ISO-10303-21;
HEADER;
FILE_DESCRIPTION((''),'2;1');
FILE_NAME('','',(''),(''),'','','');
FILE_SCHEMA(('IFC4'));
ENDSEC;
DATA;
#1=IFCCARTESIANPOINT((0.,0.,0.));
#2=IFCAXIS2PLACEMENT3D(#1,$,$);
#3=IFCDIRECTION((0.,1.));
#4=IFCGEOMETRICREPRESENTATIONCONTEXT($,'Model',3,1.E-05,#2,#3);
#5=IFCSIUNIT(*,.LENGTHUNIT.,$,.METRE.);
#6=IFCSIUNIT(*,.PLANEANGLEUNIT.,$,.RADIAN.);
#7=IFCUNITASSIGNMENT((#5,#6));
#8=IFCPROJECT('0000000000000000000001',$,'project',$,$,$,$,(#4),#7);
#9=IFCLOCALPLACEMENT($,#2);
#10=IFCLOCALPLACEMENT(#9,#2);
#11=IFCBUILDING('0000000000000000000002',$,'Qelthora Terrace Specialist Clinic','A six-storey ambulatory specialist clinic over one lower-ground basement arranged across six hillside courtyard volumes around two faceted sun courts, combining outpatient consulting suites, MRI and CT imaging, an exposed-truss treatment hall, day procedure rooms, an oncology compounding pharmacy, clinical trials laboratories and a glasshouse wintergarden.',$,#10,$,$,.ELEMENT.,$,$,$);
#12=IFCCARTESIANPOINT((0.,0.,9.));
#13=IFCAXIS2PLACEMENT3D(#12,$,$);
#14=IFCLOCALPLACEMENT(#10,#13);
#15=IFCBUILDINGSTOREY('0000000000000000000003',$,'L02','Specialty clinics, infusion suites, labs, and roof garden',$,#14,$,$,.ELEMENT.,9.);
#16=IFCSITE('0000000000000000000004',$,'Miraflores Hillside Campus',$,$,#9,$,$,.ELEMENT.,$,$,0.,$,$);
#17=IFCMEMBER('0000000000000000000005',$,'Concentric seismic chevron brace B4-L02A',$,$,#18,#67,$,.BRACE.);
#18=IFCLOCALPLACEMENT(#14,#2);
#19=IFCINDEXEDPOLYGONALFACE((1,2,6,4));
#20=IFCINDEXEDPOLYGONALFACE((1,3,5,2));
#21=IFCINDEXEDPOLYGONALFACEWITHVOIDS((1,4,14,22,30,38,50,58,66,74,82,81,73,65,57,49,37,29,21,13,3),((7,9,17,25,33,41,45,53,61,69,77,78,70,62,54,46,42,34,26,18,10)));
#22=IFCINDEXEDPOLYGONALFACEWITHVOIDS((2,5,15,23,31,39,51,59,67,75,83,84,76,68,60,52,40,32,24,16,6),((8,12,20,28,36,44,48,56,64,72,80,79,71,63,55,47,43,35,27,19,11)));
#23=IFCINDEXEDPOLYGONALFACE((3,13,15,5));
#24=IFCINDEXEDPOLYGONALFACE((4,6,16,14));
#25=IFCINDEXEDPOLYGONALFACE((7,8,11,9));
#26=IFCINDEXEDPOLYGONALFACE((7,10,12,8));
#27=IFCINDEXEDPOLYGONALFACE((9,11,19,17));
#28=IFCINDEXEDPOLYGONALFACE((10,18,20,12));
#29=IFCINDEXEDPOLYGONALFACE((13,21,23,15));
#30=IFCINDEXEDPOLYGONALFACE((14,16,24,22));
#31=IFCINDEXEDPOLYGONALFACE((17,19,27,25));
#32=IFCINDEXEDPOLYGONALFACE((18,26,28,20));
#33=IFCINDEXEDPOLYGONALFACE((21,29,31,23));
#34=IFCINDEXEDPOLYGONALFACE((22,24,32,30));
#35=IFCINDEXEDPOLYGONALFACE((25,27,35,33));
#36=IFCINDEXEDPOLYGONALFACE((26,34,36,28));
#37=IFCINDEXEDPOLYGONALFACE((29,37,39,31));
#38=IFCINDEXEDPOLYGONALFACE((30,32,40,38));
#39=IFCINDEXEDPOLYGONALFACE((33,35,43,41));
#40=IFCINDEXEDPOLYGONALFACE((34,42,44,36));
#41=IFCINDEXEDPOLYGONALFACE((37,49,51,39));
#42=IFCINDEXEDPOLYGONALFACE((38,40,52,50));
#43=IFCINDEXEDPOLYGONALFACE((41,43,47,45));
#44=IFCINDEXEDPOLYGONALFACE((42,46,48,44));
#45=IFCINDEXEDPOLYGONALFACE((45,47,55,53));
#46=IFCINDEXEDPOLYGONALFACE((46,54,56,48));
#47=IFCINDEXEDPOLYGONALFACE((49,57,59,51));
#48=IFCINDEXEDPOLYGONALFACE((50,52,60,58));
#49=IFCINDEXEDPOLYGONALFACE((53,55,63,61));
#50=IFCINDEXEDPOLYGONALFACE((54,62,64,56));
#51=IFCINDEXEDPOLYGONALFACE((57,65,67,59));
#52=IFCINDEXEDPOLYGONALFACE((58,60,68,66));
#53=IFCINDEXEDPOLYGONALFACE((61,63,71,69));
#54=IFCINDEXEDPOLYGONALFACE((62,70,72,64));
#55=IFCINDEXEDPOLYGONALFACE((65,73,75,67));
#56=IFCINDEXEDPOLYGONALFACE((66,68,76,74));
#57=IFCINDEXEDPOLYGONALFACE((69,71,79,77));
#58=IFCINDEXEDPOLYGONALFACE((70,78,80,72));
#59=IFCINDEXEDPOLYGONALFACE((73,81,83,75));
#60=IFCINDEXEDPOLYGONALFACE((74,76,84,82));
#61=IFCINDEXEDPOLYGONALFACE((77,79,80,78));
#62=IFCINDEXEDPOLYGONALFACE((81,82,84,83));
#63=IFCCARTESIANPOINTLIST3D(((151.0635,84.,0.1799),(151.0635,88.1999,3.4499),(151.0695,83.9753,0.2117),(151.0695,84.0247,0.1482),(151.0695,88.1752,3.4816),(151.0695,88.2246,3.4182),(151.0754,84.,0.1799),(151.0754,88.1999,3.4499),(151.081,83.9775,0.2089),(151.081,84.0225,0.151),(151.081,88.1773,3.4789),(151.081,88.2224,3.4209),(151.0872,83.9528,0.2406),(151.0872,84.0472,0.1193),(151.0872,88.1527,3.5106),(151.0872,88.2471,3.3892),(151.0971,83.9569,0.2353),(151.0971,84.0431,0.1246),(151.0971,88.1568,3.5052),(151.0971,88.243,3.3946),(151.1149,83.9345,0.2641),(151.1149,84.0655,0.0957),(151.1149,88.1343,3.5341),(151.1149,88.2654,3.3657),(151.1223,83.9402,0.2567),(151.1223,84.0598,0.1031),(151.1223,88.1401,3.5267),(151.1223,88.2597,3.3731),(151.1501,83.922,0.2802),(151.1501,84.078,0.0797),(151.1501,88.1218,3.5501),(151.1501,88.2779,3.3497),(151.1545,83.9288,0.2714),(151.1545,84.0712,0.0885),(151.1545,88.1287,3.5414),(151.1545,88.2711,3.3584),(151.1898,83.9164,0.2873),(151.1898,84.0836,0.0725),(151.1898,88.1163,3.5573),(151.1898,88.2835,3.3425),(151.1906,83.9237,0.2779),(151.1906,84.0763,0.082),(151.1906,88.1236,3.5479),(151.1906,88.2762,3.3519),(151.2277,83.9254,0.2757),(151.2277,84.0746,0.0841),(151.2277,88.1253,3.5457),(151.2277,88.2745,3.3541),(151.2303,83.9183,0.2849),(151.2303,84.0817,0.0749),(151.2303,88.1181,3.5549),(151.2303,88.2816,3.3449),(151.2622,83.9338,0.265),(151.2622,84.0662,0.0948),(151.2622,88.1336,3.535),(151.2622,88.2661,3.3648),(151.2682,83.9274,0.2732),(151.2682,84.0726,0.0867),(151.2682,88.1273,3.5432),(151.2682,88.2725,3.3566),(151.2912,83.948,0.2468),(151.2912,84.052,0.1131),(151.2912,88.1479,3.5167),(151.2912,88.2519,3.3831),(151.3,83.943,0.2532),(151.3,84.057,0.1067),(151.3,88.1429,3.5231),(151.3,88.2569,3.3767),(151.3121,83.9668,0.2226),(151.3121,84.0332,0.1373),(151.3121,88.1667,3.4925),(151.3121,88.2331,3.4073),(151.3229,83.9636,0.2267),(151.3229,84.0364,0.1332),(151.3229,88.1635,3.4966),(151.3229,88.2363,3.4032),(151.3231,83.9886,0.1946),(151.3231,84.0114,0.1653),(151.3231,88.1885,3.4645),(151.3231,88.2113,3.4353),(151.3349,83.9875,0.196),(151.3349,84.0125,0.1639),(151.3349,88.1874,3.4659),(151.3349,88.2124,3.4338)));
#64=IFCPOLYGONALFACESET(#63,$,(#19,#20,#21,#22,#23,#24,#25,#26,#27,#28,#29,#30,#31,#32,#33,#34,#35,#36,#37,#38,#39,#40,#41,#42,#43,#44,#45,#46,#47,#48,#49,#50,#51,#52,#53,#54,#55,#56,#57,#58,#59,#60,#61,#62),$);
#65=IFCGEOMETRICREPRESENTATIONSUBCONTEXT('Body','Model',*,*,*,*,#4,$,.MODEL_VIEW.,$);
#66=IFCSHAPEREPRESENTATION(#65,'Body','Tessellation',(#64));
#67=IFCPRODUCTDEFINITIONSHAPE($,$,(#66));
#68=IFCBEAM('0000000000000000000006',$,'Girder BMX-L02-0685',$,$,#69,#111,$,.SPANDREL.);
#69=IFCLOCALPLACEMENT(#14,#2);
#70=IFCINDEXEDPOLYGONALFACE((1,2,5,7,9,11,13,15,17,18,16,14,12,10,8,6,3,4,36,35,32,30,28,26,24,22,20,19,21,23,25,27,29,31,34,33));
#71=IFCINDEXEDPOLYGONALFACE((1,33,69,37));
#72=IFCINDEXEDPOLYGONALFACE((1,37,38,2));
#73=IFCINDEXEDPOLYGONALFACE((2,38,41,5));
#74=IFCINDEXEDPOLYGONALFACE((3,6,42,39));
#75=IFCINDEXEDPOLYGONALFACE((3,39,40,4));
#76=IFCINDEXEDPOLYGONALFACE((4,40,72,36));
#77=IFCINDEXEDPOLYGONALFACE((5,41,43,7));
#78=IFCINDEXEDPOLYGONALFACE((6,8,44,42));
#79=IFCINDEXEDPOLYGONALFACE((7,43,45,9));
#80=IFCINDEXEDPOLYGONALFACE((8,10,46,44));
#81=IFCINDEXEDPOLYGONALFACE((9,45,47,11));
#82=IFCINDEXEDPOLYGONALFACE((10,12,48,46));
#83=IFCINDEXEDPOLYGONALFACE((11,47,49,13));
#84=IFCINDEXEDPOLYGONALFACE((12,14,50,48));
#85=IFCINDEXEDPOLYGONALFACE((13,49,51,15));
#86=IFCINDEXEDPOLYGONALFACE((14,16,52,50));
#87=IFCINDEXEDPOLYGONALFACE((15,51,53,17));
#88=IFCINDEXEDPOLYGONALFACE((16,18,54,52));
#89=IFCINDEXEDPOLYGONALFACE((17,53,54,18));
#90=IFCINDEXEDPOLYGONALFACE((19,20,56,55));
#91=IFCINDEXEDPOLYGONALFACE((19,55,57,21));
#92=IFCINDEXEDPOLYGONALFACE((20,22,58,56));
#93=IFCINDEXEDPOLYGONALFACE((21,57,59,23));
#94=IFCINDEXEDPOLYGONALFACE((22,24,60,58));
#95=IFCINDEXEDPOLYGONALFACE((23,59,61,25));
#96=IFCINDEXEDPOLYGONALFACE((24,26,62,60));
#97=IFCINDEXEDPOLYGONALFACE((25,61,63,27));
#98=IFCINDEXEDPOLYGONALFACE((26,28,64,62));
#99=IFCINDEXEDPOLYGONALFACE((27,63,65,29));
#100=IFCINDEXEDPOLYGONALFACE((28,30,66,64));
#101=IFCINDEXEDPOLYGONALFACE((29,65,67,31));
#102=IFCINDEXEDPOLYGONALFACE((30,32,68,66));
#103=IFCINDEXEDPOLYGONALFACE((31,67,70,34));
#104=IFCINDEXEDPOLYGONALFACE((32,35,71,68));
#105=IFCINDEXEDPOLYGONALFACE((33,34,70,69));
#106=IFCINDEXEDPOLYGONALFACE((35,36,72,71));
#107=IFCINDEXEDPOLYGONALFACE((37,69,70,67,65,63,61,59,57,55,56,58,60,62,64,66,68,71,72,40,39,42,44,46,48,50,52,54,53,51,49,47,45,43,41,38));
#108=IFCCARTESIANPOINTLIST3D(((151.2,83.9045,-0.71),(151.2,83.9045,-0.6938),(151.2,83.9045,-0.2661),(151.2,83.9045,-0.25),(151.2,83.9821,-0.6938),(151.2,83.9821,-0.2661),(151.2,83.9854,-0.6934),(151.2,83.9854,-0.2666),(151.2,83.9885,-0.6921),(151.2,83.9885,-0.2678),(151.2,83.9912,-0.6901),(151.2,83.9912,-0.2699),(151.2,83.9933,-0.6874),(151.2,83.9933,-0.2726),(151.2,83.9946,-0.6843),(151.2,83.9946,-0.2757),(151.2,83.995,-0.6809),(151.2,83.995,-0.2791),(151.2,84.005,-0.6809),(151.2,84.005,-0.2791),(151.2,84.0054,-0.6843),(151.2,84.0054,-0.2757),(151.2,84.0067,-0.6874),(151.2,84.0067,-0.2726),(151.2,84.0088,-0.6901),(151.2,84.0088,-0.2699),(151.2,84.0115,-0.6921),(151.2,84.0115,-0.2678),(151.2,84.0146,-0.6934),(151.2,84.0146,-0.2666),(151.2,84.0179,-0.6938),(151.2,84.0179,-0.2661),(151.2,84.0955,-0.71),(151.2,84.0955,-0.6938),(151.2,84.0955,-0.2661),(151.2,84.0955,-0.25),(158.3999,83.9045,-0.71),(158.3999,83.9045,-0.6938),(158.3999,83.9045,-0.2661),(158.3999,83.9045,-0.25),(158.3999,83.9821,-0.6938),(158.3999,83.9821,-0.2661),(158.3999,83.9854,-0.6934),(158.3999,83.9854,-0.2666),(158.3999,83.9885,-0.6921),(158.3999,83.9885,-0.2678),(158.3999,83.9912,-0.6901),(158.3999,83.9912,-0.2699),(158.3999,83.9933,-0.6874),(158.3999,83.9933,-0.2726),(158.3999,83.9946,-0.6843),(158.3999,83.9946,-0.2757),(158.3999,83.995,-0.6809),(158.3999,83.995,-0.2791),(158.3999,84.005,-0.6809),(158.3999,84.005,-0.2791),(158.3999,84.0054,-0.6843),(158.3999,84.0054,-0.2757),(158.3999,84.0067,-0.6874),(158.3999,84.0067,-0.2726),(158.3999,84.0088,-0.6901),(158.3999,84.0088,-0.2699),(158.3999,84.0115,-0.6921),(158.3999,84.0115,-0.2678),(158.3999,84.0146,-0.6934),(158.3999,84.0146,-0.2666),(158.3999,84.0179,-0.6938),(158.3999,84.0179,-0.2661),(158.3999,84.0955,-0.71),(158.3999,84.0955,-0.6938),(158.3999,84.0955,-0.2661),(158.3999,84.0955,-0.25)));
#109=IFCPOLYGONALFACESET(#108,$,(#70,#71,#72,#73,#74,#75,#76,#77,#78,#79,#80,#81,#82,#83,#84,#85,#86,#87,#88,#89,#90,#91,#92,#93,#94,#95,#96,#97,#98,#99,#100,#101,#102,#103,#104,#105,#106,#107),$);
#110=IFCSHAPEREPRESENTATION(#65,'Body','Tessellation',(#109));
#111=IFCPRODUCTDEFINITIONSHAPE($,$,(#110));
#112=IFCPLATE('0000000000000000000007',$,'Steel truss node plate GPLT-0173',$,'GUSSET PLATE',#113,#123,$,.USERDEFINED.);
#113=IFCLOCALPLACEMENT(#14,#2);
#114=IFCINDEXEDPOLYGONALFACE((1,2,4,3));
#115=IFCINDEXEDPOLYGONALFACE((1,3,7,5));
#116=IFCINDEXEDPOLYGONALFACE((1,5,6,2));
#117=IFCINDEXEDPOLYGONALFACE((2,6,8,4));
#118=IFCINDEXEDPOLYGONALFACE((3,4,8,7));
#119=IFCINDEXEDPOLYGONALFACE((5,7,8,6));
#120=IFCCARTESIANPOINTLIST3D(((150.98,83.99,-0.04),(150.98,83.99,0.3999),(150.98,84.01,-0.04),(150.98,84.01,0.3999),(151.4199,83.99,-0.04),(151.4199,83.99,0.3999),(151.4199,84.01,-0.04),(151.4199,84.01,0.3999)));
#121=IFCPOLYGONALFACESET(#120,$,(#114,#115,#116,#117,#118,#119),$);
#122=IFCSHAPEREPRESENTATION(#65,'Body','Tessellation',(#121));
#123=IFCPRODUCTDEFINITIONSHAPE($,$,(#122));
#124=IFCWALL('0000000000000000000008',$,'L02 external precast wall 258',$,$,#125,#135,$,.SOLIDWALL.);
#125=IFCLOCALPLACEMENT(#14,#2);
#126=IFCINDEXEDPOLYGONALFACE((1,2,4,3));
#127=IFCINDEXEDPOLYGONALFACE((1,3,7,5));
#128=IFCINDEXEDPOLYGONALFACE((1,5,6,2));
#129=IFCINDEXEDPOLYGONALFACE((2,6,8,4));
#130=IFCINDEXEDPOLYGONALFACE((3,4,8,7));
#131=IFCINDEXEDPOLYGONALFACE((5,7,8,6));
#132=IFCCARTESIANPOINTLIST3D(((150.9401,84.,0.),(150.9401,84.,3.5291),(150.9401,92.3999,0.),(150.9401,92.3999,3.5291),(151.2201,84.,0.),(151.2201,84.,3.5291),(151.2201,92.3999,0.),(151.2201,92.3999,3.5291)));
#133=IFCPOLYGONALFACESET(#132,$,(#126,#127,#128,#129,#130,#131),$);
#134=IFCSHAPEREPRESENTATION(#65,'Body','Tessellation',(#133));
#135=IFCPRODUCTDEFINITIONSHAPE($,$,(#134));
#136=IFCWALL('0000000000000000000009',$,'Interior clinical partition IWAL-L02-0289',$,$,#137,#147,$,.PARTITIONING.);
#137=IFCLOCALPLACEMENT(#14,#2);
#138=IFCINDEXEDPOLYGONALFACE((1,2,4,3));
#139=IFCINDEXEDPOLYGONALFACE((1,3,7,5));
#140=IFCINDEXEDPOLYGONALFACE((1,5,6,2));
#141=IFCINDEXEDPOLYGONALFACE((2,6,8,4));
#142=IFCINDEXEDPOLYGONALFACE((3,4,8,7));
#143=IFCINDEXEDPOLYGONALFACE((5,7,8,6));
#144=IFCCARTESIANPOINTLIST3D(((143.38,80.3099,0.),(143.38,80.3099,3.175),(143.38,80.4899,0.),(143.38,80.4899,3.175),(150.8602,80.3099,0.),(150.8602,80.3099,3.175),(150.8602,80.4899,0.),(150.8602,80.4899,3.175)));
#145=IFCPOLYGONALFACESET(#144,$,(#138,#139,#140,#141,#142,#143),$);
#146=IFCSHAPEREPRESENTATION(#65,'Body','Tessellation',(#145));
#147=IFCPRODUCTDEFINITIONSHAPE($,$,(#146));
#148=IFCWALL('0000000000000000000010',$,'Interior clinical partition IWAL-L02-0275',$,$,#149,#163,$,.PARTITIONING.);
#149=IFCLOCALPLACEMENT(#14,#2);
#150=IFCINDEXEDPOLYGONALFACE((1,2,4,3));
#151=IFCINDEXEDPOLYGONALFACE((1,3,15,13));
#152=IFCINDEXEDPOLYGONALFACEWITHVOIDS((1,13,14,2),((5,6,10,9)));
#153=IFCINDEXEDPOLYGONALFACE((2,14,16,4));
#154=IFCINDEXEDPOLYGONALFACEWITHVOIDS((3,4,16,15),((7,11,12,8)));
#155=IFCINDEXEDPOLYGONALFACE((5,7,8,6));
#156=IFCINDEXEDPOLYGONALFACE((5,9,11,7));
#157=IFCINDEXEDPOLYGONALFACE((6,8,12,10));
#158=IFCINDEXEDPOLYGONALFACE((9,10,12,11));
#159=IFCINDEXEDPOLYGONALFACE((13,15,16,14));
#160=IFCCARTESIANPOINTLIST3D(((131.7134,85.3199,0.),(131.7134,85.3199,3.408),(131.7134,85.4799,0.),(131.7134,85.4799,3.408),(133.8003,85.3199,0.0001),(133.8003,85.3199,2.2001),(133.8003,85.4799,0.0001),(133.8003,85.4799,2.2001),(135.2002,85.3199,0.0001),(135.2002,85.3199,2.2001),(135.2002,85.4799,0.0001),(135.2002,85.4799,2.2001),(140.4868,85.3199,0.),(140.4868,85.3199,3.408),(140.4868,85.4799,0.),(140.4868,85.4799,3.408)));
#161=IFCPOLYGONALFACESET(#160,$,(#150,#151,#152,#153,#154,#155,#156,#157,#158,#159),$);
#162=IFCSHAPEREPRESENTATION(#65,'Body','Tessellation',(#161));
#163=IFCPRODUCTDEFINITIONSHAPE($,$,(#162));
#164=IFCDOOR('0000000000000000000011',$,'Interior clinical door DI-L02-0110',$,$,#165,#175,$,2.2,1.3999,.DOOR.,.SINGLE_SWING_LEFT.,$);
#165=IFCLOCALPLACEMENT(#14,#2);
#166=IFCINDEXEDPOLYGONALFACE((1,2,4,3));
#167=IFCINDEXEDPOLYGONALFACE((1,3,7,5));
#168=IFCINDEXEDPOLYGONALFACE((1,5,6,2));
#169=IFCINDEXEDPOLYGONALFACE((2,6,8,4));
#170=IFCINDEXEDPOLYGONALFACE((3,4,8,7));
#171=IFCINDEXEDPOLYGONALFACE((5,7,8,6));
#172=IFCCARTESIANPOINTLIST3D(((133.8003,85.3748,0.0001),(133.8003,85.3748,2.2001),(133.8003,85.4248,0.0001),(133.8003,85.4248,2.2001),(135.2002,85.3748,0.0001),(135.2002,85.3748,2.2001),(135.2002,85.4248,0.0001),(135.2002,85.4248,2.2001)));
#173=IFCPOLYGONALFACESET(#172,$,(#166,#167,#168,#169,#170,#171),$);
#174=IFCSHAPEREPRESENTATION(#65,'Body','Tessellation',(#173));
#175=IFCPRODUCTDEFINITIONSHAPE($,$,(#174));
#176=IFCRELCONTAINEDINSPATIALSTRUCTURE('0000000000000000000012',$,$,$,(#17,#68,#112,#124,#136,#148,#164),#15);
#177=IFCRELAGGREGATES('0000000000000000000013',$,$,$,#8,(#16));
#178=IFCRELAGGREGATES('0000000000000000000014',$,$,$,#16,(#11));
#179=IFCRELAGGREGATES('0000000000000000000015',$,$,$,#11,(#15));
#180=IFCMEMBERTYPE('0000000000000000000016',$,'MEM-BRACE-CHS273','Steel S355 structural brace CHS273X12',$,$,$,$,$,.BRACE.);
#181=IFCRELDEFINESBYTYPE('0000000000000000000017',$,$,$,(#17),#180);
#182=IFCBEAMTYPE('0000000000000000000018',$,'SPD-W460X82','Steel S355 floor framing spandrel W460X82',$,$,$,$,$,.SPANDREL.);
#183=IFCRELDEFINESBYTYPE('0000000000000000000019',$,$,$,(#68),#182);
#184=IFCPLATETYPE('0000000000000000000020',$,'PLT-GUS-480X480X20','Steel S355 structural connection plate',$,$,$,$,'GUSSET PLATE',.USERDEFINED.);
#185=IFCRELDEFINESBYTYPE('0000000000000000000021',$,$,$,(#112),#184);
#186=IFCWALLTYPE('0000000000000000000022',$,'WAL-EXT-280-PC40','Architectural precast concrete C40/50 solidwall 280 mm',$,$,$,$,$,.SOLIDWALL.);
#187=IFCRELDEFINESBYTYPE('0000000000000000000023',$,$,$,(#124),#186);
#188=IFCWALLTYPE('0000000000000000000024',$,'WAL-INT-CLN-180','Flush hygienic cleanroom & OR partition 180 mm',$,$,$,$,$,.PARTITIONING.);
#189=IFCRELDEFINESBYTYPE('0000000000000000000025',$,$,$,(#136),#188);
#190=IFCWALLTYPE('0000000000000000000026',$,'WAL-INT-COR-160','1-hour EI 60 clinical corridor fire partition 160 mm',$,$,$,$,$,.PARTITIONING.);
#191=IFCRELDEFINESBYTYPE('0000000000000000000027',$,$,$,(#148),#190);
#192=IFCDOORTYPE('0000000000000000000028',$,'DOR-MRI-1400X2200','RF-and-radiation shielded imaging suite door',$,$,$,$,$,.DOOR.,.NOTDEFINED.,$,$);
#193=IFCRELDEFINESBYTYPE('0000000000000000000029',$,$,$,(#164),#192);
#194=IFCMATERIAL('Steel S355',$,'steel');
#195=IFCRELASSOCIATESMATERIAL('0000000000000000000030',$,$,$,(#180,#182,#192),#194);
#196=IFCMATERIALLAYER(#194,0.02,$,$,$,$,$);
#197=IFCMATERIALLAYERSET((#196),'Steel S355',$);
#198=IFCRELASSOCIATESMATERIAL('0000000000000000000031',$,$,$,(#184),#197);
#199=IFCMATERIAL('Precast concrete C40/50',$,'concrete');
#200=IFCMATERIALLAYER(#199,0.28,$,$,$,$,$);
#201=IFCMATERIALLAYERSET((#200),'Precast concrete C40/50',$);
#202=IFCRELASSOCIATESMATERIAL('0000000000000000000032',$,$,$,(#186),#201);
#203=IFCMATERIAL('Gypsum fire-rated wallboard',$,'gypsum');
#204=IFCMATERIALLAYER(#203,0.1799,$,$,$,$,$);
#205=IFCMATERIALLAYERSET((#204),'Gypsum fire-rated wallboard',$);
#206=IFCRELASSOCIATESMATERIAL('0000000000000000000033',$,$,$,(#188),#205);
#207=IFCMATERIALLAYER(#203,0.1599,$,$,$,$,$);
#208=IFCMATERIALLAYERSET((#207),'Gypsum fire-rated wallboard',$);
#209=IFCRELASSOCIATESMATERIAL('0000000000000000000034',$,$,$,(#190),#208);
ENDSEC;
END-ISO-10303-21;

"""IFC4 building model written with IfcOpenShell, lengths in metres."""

from ifc_helpers import new_model, si_unit, direction, frame, frame_2d, origin, origin_2d, place, context, subcontext, project, spatial, rectangle, hollow_circle, i_section, extrude, material, layer, layer_set, material_profile, profile_set, type_object, element, fill, save


model = new_model("IFC4")

# Units and contexts
model_context = context("Model", 3, precision=1e-05, world=origin(), true_north=direction((0.0, 1.0)))
body_context = subcontext(model_context, "Body", "Model", "MODEL_VIEW")
ifc_project = project(units=[si_unit("LENGTHUNIT", "METRE"), si_unit("PLANEANGLEUNIT", "RADIAN")], contexts=[model_context])

# Site, building, storey
site_placement = place(None, origin())
site = spatial("IfcSite", under=ifc_project, at=site_placement, Name="Miraflores Hillside Campus", CompositionType="ELEMENT", RefElevation=0.0)
building_placement = place(site_placement, origin())
building = spatial("IfcBuilding", under=site, at=building_placement, Name="Qelthora Terrace Specialist Clinic", Description="A six-storey ambulatory specialist clinic over one lower-ground basement arranged across six hillside courtyard volumes around two faceted sun courts, combining outpatient consulting suites, MRI and CT imaging, an exposed-truss treatment hall, day procedure rooms, an oncology compounding pharmacy, clinical trials laboratories and a glasshouse wintergarden.", CompositionType="ELEMENT")
storey_placement = place(building_placement, frame((0.0, 0.0, 9.0)))
storey = spatial("IfcBuildingStorey", under=building, at=storey_placement, Name="L02", Description="Specialty clinics, infusion suites, labs, and roof garden", CompositionType="ELEMENT", Elevation=9.0)

# Shared definitions
ifc_material_1 = material(Name="Steel S355", Category="steel")

# Member
ifc_material_profile_1 = material_profile(ifc_material_1, hollow_circle(Radius=0.1365, WallThickness=0.012, at=origin_2d()), Name="CHS273X12")
ifc_profile_set_1 = profile_set([ifc_material_profile_1], Name="Steel S355")
member_type = type_object("IfcMemberType", Name="MEM-BRACE-CHS273", Description="Steel S355 structural brace CHS273X12", PredefinedType="BRACE", material=ifc_profile_set_1)
member_placement = place(storey_placement, frame((151.2, 84.0, 0.1799), z_axis=(0.0, 0.789043, 0.614337), x_axis=(-1.0, 0.0, 0.0)))
element("IfcMember", 1, at=member_placement, inside=storey, type_object=member_type, Name="Concentric seismic chevron brace B4-L02A", PredefinedType="BRACE", context=body_context, shape_type="SweptSolid", body=[
    extrude(hollow_circle(Radius=0.1365, WallThickness=0.012, at=origin_2d()), origin(), (0.0, 0.0, 1.0), 5.3228),
])

# Beam
ifc_material_profile_2 = material_profile(ifc_material_1, i_section(OverallWidth=0.1909, OverallDepth=0.46, WebThickness=0.01, FlangeThickness=0.0161, FilletRadius=0.0129, at=origin_2d()), Name="W460X82")
ifc_profile_set_2 = profile_set([ifc_material_profile_2], Name="Steel S355")
beam_type_1 = type_object("IfcBeamType", Name="SPD-W460X82", Description="Steel S355 floor framing spandrel W460X82", PredefinedType="SPANDREL", material=ifc_profile_set_2)
beam_1_placement = place(storey_placement, frame((151.2, 84.0, -0.48), z_axis=(1.0, 0.0, 0.0), x_axis=(0.0, 1.0, 0.0)))
element("IfcBeam", 2, at=beam_1_placement, inside=storey, type_object=beam_type_1, Name="Girder BMX-L02-0685", PredefinedType="SPANDREL", context=body_context, shape_type="SweptSolid", body=[
    extrude(i_section(OverallWidth=0.1909, OverallDepth=0.46, WebThickness=0.01, FlangeThickness=0.0161, FilletRadius=0.0129, at=origin_2d()), origin(), (0.0, 0.0, 1.0), 7.2),
])

# Plate
ifc_layer_1 = layer(ifc_material_1, 0.02)
ifc_layer_set_1 = layer_set([ifc_layer_1], Name="Steel S355")
plate_type = type_object("IfcPlateType", Name="PLT-GUS-480X480X20", Description="Steel S355 structural connection plate", ElementType="GUSSET PLATE", PredefinedType="USERDEFINED", material=ifc_layer_set_1)
plate_placement = place(storey_placement, frame((151.2, 84.0, -0.04), z_axis=(0.0, 0.0, 1.0), x_axis=(1.0, 0.0, 0.0)))
element("IfcPlate", 3, at=plate_placement, inside=storey, type_object=plate_type, Name="Steel truss node plate GPLT-0173", ObjectType="GUSSET PLATE", PredefinedType="USERDEFINED", context=body_context, shape_type="SweptSolid", body=[
    extrude(rectangle(XDim=0.4399, YDim=0.02, at=origin_2d()), origin(), (0.0, 0.0, 1.0), 0.4399),
])

# Walls
ifc_material_2 = material(Name="Precast concrete C40/50", Category="concrete")
ifc_layer_2 = layer(ifc_material_2, 0.28)
ifc_layer_set_2 = layer_set([ifc_layer_2], Name="Precast concrete C40/50")
wall_type_1 = type_object("IfcWallType", Name="WAL-EXT-280-PC40", Description="Architectural precast concrete C40/50 solidwall 280 mm", PredefinedType="SOLIDWALL", material=ifc_layer_set_2)
wall_1_placement = place(storey_placement, frame((151.0801, 84.0, 0.0), z_axis=(0.0, 0.0, 1.0), x_axis=(0.0, 1.0, 0.0)))
element("IfcWall", 4, at=wall_1_placement, inside=storey, type_object=wall_type_1, Name="L02 external precast wall 258", PredefinedType="SOLIDWALL", context=body_context, shape_type="SweptSolid", body=[
    extrude(rectangle(XDim=8.3999, YDim=0.28, at=frame_2d((4.2, 0.0))), origin(), (0.0, 0.0, 1.0), 3.5291),
])
ifc_material_3 = material(Name="Gypsum fire-rated wallboard", Category="gypsum")
ifc_layer_3 = layer(ifc_material_3, 0.1799)
ifc_layer_set_3 = layer_set([ifc_layer_3], Name="Gypsum fire-rated wallboard")
wall_type_2 = type_object("IfcWallType", Name="WAL-INT-CLN-180", Description="Flush hygienic cleanroom & OR partition 180 mm", PredefinedType="PARTITIONING", material=ifc_layer_set_3)
wall_2_placement = place(storey_placement, frame((143.3799, 80.3999, 0.0), z_axis=(0.0, 0.0, 1.0), x_axis=(1.0, 0.0, 0.0)))
element("IfcWall", 5, at=wall_2_placement, inside=storey, type_object=wall_type_2, Name="Interior clinical partition IWAL-L02-0289", PredefinedType="PARTITIONING", context=body_context, shape_type="SweptSolid", body=[
    extrude(rectangle(XDim=7.4802, YDim=0.1799, at=frame_2d((3.7402, 0.0))), origin(), (0.0, 0.0, 1.0), 3.175),
])

# Wall, opening, door
ifc_layer_4 = layer(ifc_material_3, 0.1599)
ifc_layer_set_4 = layer_set([ifc_layer_4], Name="Gypsum fire-rated wallboard")
wall_type_3 = type_object("IfcWallType", Name="WAL-INT-COR-160", Description="1-hour EI 60 clinical corridor fire partition 160 mm", PredefinedType="PARTITIONING", material=ifc_layer_set_4)
wall_3_placement = place(storey_placement, frame((140.4868, 85.3999, 0.0), z_axis=(0.0, 0.0, 1.0), x_axis=(-1.0, 0.0, 0.0)))
wall_3 = element("IfcWall", 6, at=wall_3_placement, inside=storey, type_object=wall_type_3, Name="Interior clinical partition IWAL-L02-0275", PredefinedType="PARTITIONING", context=body_context, shape_type="SweptSolid", body=[
    extrude(rectangle(XDim=8.7734, YDim=0.1599, at=frame_2d((4.3867, 0.0))), origin(), (0.0, 0.0, 1.0), 3.408),
])
opening_1_placement = place(wall_3_placement, frame((5.2866, 0.0, 0.0)))
opening_1 = element("IfcOpeningElement", 7, at=opening_1_placement, cuts=wall_3, PredefinedType="OPENING", context=body_context, shape_type="SweptSolid", body=[
    extrude(rectangle(XDim=1.3999, YDim=2.2, at=frame_2d((0.7, 1.1001))), frame((0.0, 0.0898, 0.0), z_axis=(0.0, -1.0, 0.0), x_axis=(1.0, 0.0, 0.0)), (0.0, 0.0, 1.0), 0.1799),
])
door_type_1 = type_object("IfcDoorType", Name="DOR-MRI-1400X2200", Description="RF-and-radiation shielded imaging suite door", OperationType="NOTDEFINED", PredefinedType="DOOR", material=ifc_material_1)
door_1_placement = place(opening_1_placement, frame((1.3999, 0.0, 0.0), z_axis=(0.0, 0.0, 1.0), x_axis=(-1.0, 0.0, 0.0)))
door_1 = element("IfcDoor", 8, at=door_1_placement, inside=storey, type_object=door_type_1, Name="Interior clinical door DI-L02-0110", OperationType="SINGLE_SWING_LEFT", OverallHeight=2.2, OverallWidth=1.3999, PredefinedType="DOOR", context=body_context, shape_type="SweptSolid", body=[
    extrude(rectangle(XDim=1.3999, YDim=2.2, at=frame_2d((0.7, 1.1001))), frame((0.0, 0.0249, 0.0), z_axis=(0.0, -1.0, 0.0), x_axis=(1.0, 0.0, 0.0)), (0.0, 0.0, 1.0), 0.05),
])
fill(opening_1, door_1)

save(model, "model.ifc")
